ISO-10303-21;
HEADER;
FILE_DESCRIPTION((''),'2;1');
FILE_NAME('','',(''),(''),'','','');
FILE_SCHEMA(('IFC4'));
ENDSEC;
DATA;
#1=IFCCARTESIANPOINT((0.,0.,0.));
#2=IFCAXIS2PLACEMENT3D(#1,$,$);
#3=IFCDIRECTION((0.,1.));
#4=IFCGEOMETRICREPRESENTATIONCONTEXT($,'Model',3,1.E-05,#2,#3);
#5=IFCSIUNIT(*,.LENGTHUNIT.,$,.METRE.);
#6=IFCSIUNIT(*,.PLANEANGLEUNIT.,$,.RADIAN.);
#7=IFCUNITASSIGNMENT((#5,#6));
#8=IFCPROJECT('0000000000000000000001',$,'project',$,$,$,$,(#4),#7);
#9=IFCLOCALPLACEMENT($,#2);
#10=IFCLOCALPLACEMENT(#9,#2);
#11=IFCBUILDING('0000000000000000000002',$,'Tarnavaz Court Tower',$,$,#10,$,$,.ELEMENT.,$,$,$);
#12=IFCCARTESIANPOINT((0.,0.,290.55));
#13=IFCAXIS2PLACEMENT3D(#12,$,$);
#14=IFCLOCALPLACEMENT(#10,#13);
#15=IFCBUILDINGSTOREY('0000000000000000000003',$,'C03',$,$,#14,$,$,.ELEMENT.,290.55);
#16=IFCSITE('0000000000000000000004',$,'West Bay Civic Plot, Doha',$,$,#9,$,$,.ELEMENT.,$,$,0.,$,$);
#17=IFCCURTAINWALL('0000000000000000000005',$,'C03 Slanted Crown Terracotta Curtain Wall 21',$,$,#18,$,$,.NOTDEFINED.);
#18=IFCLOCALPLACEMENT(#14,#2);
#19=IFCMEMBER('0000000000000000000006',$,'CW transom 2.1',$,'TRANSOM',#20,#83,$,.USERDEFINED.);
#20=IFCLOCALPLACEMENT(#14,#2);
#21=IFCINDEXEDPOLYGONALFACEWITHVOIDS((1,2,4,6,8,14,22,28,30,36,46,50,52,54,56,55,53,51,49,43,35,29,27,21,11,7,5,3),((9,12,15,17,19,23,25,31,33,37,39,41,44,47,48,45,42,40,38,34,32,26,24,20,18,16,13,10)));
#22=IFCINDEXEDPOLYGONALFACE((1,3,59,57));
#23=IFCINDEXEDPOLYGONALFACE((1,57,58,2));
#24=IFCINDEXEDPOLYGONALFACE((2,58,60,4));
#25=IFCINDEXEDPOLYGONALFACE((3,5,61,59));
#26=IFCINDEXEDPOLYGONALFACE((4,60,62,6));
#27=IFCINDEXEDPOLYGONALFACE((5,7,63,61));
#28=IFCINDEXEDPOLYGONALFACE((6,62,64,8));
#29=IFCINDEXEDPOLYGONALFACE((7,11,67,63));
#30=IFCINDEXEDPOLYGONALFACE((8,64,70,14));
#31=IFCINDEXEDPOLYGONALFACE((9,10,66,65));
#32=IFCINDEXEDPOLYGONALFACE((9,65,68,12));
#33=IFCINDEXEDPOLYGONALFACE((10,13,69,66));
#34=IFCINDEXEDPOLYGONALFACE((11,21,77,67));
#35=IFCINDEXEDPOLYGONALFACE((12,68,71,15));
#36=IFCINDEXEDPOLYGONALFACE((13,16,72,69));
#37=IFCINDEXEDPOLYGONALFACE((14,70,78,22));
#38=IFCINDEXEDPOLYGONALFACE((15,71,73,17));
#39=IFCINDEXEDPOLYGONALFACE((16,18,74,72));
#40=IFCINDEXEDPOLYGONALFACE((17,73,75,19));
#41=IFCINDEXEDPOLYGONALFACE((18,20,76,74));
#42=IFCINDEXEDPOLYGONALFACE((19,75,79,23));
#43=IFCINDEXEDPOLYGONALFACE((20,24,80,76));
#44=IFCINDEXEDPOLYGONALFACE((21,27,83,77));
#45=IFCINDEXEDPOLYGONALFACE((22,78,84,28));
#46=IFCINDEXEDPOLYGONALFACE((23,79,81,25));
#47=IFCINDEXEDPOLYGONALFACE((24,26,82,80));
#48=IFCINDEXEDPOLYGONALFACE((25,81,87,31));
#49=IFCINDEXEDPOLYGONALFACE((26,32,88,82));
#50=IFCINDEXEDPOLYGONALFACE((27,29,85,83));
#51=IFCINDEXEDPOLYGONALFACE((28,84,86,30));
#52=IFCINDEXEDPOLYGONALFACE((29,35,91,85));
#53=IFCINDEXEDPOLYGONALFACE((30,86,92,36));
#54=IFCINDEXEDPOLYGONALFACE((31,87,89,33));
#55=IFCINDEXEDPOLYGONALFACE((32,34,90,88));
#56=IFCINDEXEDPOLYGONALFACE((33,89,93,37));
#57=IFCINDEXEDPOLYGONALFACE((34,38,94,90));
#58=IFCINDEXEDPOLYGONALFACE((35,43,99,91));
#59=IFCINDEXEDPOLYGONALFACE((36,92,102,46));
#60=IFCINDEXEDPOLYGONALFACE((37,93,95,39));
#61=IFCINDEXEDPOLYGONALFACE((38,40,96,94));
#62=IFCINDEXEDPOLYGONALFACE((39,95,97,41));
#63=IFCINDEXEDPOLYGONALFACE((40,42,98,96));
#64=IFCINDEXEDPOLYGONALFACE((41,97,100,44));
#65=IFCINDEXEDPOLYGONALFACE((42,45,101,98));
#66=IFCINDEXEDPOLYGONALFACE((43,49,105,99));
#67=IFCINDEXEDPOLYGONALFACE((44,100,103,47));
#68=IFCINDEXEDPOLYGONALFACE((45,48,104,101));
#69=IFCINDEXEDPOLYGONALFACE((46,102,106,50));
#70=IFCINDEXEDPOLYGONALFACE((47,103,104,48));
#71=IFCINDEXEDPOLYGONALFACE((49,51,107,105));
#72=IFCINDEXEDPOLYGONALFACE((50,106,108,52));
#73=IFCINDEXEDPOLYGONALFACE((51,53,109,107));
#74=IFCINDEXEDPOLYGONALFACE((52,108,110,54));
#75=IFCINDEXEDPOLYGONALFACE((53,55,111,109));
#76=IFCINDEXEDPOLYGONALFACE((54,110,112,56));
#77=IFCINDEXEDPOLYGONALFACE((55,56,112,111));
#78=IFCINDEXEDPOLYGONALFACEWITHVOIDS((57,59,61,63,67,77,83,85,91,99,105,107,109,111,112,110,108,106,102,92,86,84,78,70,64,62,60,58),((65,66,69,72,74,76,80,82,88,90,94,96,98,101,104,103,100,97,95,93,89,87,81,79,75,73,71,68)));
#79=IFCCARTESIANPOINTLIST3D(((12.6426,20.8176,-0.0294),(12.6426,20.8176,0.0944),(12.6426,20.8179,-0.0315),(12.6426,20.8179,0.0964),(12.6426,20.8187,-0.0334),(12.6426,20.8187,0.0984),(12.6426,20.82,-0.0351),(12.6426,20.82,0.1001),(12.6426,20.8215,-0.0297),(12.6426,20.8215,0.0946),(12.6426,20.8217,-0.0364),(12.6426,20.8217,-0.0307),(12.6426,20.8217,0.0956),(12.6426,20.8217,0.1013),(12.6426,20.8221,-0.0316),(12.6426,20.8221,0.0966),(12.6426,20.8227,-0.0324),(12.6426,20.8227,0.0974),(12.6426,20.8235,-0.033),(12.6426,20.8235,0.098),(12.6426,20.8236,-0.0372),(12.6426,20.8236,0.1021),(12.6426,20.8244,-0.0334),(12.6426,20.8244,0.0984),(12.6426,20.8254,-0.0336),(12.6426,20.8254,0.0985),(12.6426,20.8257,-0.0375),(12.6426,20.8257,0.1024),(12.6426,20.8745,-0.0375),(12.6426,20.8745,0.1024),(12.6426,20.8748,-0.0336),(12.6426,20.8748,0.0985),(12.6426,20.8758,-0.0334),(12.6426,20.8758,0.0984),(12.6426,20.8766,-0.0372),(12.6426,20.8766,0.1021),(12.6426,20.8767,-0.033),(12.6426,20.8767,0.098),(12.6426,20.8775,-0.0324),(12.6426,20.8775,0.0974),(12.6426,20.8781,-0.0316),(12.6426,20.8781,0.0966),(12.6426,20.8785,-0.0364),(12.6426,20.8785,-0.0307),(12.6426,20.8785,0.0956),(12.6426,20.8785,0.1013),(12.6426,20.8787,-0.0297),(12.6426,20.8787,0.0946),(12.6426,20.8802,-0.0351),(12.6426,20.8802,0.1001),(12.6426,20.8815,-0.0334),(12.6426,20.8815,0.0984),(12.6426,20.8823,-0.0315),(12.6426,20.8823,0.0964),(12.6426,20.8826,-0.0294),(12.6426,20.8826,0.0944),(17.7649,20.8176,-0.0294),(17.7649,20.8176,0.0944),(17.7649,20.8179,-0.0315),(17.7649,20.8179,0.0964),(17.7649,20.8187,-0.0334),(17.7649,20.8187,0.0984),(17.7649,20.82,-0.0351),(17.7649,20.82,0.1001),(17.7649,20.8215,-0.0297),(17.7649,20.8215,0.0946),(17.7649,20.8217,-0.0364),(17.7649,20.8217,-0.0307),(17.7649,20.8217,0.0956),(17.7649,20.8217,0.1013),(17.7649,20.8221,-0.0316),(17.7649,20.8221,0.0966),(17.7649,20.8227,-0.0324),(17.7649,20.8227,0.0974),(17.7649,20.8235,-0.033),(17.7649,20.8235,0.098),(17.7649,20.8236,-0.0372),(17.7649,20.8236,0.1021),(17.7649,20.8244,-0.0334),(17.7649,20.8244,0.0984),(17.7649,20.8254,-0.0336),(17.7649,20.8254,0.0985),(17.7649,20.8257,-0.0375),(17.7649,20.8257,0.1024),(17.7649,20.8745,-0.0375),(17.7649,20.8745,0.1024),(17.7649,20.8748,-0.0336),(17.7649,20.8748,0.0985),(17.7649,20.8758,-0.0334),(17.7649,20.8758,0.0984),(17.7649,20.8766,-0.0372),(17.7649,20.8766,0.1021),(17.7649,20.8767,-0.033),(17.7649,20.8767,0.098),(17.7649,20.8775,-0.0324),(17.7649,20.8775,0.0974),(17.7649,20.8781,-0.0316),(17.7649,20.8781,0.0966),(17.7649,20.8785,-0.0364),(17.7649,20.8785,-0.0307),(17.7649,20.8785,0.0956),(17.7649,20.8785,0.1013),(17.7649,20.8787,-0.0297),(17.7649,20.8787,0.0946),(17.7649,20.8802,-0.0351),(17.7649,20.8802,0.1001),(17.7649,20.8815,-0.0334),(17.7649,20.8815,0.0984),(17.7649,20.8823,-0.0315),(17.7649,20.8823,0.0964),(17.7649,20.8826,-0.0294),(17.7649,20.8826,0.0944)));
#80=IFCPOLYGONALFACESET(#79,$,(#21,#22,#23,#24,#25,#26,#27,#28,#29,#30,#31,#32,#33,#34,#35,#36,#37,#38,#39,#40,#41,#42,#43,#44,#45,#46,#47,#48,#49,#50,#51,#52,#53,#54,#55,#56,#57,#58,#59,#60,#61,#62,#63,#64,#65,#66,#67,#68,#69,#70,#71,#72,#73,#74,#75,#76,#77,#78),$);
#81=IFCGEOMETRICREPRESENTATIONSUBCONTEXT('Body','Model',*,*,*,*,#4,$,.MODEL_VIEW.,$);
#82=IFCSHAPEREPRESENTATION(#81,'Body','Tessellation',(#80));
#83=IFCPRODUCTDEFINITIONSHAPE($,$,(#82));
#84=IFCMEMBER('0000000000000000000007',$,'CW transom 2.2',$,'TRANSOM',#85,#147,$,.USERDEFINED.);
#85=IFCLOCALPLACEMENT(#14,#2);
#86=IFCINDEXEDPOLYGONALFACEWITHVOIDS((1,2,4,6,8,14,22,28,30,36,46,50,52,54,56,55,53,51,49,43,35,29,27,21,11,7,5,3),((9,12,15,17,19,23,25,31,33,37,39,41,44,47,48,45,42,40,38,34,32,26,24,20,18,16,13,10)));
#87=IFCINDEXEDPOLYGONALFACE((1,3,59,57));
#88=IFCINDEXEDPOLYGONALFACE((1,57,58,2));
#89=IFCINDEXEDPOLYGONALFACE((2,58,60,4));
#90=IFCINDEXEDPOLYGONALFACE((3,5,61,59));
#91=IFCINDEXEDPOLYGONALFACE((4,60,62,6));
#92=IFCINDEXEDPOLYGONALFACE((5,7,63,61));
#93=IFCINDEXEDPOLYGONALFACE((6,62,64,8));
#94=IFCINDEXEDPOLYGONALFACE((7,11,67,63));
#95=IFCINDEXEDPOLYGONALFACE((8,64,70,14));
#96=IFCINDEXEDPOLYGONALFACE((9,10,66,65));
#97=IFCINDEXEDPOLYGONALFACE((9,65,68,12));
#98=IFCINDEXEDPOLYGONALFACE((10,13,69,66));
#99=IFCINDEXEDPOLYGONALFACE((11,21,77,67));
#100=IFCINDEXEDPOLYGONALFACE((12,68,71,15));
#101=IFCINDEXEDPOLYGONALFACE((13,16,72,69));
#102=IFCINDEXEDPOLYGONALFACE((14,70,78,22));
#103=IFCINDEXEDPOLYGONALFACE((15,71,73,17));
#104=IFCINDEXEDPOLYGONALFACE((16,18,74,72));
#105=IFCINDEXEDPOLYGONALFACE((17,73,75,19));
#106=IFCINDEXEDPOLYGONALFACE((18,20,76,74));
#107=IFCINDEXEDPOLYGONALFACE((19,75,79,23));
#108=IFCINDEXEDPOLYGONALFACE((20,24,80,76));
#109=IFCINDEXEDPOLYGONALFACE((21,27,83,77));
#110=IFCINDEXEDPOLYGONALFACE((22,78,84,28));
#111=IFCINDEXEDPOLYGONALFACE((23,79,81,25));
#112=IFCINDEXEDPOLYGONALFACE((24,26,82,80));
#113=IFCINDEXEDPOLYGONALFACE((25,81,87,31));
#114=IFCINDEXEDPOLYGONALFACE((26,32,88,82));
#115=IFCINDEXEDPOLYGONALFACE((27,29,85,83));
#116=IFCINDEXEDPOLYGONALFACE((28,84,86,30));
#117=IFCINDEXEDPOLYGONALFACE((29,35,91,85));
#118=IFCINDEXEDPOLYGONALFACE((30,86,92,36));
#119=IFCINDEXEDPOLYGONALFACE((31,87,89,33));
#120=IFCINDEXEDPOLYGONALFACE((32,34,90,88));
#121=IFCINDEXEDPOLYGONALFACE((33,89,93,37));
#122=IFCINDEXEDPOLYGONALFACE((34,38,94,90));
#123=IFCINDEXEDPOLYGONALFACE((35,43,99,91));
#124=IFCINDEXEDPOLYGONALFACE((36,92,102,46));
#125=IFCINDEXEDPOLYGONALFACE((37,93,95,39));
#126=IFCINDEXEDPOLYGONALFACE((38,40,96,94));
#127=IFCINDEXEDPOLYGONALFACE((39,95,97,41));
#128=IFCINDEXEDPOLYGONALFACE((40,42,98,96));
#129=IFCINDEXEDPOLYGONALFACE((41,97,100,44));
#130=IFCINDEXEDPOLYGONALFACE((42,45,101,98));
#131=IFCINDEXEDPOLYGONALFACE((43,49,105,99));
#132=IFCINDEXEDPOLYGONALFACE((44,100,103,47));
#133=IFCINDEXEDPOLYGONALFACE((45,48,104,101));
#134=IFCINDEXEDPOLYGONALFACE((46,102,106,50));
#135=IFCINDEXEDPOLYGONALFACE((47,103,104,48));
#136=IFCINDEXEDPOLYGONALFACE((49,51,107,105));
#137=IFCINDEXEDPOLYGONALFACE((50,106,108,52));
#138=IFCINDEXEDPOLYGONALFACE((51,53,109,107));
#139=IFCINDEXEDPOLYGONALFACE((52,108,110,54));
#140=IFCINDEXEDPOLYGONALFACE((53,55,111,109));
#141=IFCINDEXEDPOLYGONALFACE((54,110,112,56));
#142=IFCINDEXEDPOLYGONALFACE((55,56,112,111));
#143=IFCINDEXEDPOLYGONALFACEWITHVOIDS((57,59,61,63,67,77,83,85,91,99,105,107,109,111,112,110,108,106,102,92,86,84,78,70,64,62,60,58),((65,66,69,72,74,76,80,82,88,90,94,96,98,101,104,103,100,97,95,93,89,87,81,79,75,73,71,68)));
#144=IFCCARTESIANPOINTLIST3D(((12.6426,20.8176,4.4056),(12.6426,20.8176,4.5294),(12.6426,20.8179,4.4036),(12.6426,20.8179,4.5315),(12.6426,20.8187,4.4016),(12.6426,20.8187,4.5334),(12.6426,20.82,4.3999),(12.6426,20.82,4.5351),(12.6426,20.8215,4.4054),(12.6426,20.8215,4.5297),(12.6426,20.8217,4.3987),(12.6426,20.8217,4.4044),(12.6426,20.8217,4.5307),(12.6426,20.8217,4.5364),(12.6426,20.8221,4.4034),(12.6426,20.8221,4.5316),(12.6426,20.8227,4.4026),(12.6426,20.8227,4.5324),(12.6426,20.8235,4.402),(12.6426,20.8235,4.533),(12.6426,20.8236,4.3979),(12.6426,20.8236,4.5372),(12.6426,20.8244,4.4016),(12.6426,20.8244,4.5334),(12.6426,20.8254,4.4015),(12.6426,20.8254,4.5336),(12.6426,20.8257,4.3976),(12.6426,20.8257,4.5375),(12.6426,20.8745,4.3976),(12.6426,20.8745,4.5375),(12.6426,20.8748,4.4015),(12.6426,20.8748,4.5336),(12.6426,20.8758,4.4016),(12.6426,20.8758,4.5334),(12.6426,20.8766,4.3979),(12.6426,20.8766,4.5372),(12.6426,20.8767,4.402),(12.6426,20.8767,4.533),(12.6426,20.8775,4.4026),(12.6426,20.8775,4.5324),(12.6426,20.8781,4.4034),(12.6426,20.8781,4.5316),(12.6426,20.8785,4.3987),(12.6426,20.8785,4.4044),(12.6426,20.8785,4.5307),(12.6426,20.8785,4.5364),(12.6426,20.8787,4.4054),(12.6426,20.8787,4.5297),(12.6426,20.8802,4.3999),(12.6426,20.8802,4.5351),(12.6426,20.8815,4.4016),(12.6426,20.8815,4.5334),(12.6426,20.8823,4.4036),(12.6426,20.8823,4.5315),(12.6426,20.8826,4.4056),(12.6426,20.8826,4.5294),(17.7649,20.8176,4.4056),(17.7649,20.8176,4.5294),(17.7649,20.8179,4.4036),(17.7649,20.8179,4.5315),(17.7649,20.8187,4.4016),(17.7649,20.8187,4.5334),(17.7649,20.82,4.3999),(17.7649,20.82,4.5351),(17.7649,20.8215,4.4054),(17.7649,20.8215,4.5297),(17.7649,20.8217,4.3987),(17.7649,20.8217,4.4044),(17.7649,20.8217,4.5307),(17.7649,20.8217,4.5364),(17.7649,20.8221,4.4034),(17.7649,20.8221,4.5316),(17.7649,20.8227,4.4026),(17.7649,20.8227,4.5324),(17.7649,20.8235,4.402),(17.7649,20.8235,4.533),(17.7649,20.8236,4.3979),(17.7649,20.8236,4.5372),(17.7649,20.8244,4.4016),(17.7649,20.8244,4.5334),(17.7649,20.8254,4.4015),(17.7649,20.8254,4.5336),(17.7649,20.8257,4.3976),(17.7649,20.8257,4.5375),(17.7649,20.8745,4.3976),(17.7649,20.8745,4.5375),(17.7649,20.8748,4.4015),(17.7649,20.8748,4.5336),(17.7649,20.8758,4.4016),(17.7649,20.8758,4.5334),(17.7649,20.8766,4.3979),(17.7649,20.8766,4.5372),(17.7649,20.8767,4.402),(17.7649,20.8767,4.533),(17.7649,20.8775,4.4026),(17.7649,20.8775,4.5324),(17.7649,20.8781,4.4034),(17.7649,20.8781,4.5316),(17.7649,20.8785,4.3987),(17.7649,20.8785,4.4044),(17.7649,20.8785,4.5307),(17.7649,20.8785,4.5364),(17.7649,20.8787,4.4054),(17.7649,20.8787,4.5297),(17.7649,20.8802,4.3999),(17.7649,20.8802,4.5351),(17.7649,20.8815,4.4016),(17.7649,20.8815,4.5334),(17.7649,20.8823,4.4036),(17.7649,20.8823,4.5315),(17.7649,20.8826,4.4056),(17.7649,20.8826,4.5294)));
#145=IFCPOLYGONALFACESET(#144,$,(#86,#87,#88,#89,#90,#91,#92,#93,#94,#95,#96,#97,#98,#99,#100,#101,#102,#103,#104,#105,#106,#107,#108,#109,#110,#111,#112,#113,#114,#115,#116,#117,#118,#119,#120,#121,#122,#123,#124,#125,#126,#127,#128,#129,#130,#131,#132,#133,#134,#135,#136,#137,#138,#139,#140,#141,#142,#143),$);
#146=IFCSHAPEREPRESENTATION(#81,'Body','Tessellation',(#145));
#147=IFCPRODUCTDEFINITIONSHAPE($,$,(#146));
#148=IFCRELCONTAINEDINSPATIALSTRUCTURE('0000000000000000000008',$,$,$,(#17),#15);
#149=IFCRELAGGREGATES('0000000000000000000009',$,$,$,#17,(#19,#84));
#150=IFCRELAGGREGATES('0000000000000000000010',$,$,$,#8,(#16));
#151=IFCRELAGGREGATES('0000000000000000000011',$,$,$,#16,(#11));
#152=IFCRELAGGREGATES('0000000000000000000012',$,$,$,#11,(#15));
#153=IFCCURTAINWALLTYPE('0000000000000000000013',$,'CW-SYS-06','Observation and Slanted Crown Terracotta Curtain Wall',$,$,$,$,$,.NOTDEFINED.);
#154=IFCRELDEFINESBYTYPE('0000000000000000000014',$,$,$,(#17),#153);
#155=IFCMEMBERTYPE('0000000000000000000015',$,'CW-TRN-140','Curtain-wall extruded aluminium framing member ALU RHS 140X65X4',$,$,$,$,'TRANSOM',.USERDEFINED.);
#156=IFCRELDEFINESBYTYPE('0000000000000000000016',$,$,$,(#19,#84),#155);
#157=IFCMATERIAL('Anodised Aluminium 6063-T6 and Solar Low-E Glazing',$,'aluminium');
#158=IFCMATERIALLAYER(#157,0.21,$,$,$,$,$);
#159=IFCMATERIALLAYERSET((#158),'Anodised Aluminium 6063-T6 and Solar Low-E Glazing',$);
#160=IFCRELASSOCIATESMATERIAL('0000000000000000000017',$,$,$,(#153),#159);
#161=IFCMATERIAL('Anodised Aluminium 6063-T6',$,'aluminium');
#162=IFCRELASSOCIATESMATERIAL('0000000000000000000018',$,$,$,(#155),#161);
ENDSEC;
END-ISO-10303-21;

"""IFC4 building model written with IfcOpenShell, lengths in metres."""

from ifc_helpers import new_model, si_unit, direction, frame, origin, origin_2d, place, context, subcontext, project, spatial, hollow_rectangle, extrude, material, layer, layer_set, material_profile, profile_set, type_object, element, aggregate, save


model = new_model("IFC4")

# Units and contexts
model_context = context("Model", 3, precision=1e-05, world=origin(), true_north=direction((0.0, 1.0)))
body_context = subcontext(model_context, "Body", "Model", "MODEL_VIEW")
ifc_project = project(units=[si_unit("LENGTHUNIT", "METRE"), si_unit("PLANEANGLEUNIT", "RADIAN")], contexts=[model_context])

# Site, building, storey
site_placement = place(None, origin())
site = spatial("IfcSite", under=ifc_project, at=site_placement, Name="West Bay Civic Plot, Doha", CompositionType="ELEMENT", RefElevation=0.0)
building_placement = place(site_placement, origin())
building = spatial("IfcBuilding", under=site, at=building_placement, Name="Tarnavaz Court Tower", CompositionType="ELEMENT")
storey_placement = place(building_placement, frame((0.0, 0.0, 290.55)))
storey = spatial("IfcBuildingStorey", under=building, at=storey_placement, Name="C03", CompositionType="ELEMENT", Elevation=290.55)

# Shared definitions
ifc_material_1 = material(Name="Anodised Aluminium 6063-T6 and Solar Low-E Glazing", Category="aluminium")
ifc_layer_1 = layer(ifc_material_1, 0.21)
ifc_layer_set_1 = layer_set([ifc_layer_1], Name="Anodised Aluminium 6063-T6 and Solar Low-E Glazing")
curtain_wall_type = type_object("IfcCurtainWallType", Name="CW-SYS-06", Description="Observation and Slanted Crown Terracotta Curtain Wall", PredefinedType="NOTDEFINED", material=ifc_layer_set_1)
ifc_material_2 = material(Name="Anodised Aluminium 6063-T6", Category="aluminium")

# Curtain wall
curtain_wall_1_placement = place(storey_placement, origin())
curtain_wall_1 = element("IfcCurtainWall", 1, at=curtain_wall_1_placement, inside=storey, type_object=curtain_wall_type, Name="C03 Slanted Crown Terracotta Curtain Wall 21", PredefinedType="NOTDEFINED")

# Members
ifc_material_profile_1 = material_profile(ifc_material_2, hollow_rectangle(XDim=0.0649, YDim=0.1399, WallThickness=0.0039, InnerFilletRadius=0.0039, OuterFilletRadius=0.0081, at=origin_2d()), Name="ALU RHS 140X65X4")
ifc_profile_set_1 = profile_set([ifc_material_profile_1], Name="Anodised Aluminium 6063-T6")
member_type_1 = type_object("IfcMemberType", Name="CW-TRN-140", Description="Curtain-wall extruded aluminium framing member ALU RHS 140X65X4", ElementType="TRANSOM", PredefinedType="USERDEFINED", material=ifc_profile_set_1)
member_1_placement = place(storey_placement, frame((12.6426, 20.8501, 0.0325), z_axis=(1.0, 0.0, 0.0), x_axis=(0.0, 1.0, 0.0)))
member_1 = element("IfcMember", 2, at=member_1_placement, type_object=member_type_1, Name="CW transom 2.1", ObjectType="TRANSOM", PredefinedType="USERDEFINED", context=body_context, shape_type="SweptSolid", body=[
    extrude(hollow_rectangle(XDim=0.0649, YDim=0.1399, WallThickness=0.0039, InnerFilletRadius=0.0039, OuterFilletRadius=0.0081, at=origin_2d()), origin(), (0.0, 0.0, 1.0), 5.1223),
])
member_2_placement = place(storey_placement, frame((12.6426, 20.8501, 4.4675), z_axis=(1.0, 0.0, 0.0), x_axis=(0.0, 1.0, 0.0)))
member_2 = element("IfcMember", 3, at=member_2_placement, type_object=member_type_1, Name="CW transom 2.2", ObjectType="TRANSOM", PredefinedType="USERDEFINED", context=body_context, shape_type="SweptSolid", body=[
    extrude(hollow_rectangle(XDim=0.0649, YDim=0.1399, WallThickness=0.0039, InnerFilletRadius=0.0039, OuterFilletRadius=0.0081, at=origin_2d()), origin(), (0.0, 0.0, 1.0), 5.1223),
])

aggregate(curtain_wall_1, [member_1, member_2])

save(model, "model.ifc")
